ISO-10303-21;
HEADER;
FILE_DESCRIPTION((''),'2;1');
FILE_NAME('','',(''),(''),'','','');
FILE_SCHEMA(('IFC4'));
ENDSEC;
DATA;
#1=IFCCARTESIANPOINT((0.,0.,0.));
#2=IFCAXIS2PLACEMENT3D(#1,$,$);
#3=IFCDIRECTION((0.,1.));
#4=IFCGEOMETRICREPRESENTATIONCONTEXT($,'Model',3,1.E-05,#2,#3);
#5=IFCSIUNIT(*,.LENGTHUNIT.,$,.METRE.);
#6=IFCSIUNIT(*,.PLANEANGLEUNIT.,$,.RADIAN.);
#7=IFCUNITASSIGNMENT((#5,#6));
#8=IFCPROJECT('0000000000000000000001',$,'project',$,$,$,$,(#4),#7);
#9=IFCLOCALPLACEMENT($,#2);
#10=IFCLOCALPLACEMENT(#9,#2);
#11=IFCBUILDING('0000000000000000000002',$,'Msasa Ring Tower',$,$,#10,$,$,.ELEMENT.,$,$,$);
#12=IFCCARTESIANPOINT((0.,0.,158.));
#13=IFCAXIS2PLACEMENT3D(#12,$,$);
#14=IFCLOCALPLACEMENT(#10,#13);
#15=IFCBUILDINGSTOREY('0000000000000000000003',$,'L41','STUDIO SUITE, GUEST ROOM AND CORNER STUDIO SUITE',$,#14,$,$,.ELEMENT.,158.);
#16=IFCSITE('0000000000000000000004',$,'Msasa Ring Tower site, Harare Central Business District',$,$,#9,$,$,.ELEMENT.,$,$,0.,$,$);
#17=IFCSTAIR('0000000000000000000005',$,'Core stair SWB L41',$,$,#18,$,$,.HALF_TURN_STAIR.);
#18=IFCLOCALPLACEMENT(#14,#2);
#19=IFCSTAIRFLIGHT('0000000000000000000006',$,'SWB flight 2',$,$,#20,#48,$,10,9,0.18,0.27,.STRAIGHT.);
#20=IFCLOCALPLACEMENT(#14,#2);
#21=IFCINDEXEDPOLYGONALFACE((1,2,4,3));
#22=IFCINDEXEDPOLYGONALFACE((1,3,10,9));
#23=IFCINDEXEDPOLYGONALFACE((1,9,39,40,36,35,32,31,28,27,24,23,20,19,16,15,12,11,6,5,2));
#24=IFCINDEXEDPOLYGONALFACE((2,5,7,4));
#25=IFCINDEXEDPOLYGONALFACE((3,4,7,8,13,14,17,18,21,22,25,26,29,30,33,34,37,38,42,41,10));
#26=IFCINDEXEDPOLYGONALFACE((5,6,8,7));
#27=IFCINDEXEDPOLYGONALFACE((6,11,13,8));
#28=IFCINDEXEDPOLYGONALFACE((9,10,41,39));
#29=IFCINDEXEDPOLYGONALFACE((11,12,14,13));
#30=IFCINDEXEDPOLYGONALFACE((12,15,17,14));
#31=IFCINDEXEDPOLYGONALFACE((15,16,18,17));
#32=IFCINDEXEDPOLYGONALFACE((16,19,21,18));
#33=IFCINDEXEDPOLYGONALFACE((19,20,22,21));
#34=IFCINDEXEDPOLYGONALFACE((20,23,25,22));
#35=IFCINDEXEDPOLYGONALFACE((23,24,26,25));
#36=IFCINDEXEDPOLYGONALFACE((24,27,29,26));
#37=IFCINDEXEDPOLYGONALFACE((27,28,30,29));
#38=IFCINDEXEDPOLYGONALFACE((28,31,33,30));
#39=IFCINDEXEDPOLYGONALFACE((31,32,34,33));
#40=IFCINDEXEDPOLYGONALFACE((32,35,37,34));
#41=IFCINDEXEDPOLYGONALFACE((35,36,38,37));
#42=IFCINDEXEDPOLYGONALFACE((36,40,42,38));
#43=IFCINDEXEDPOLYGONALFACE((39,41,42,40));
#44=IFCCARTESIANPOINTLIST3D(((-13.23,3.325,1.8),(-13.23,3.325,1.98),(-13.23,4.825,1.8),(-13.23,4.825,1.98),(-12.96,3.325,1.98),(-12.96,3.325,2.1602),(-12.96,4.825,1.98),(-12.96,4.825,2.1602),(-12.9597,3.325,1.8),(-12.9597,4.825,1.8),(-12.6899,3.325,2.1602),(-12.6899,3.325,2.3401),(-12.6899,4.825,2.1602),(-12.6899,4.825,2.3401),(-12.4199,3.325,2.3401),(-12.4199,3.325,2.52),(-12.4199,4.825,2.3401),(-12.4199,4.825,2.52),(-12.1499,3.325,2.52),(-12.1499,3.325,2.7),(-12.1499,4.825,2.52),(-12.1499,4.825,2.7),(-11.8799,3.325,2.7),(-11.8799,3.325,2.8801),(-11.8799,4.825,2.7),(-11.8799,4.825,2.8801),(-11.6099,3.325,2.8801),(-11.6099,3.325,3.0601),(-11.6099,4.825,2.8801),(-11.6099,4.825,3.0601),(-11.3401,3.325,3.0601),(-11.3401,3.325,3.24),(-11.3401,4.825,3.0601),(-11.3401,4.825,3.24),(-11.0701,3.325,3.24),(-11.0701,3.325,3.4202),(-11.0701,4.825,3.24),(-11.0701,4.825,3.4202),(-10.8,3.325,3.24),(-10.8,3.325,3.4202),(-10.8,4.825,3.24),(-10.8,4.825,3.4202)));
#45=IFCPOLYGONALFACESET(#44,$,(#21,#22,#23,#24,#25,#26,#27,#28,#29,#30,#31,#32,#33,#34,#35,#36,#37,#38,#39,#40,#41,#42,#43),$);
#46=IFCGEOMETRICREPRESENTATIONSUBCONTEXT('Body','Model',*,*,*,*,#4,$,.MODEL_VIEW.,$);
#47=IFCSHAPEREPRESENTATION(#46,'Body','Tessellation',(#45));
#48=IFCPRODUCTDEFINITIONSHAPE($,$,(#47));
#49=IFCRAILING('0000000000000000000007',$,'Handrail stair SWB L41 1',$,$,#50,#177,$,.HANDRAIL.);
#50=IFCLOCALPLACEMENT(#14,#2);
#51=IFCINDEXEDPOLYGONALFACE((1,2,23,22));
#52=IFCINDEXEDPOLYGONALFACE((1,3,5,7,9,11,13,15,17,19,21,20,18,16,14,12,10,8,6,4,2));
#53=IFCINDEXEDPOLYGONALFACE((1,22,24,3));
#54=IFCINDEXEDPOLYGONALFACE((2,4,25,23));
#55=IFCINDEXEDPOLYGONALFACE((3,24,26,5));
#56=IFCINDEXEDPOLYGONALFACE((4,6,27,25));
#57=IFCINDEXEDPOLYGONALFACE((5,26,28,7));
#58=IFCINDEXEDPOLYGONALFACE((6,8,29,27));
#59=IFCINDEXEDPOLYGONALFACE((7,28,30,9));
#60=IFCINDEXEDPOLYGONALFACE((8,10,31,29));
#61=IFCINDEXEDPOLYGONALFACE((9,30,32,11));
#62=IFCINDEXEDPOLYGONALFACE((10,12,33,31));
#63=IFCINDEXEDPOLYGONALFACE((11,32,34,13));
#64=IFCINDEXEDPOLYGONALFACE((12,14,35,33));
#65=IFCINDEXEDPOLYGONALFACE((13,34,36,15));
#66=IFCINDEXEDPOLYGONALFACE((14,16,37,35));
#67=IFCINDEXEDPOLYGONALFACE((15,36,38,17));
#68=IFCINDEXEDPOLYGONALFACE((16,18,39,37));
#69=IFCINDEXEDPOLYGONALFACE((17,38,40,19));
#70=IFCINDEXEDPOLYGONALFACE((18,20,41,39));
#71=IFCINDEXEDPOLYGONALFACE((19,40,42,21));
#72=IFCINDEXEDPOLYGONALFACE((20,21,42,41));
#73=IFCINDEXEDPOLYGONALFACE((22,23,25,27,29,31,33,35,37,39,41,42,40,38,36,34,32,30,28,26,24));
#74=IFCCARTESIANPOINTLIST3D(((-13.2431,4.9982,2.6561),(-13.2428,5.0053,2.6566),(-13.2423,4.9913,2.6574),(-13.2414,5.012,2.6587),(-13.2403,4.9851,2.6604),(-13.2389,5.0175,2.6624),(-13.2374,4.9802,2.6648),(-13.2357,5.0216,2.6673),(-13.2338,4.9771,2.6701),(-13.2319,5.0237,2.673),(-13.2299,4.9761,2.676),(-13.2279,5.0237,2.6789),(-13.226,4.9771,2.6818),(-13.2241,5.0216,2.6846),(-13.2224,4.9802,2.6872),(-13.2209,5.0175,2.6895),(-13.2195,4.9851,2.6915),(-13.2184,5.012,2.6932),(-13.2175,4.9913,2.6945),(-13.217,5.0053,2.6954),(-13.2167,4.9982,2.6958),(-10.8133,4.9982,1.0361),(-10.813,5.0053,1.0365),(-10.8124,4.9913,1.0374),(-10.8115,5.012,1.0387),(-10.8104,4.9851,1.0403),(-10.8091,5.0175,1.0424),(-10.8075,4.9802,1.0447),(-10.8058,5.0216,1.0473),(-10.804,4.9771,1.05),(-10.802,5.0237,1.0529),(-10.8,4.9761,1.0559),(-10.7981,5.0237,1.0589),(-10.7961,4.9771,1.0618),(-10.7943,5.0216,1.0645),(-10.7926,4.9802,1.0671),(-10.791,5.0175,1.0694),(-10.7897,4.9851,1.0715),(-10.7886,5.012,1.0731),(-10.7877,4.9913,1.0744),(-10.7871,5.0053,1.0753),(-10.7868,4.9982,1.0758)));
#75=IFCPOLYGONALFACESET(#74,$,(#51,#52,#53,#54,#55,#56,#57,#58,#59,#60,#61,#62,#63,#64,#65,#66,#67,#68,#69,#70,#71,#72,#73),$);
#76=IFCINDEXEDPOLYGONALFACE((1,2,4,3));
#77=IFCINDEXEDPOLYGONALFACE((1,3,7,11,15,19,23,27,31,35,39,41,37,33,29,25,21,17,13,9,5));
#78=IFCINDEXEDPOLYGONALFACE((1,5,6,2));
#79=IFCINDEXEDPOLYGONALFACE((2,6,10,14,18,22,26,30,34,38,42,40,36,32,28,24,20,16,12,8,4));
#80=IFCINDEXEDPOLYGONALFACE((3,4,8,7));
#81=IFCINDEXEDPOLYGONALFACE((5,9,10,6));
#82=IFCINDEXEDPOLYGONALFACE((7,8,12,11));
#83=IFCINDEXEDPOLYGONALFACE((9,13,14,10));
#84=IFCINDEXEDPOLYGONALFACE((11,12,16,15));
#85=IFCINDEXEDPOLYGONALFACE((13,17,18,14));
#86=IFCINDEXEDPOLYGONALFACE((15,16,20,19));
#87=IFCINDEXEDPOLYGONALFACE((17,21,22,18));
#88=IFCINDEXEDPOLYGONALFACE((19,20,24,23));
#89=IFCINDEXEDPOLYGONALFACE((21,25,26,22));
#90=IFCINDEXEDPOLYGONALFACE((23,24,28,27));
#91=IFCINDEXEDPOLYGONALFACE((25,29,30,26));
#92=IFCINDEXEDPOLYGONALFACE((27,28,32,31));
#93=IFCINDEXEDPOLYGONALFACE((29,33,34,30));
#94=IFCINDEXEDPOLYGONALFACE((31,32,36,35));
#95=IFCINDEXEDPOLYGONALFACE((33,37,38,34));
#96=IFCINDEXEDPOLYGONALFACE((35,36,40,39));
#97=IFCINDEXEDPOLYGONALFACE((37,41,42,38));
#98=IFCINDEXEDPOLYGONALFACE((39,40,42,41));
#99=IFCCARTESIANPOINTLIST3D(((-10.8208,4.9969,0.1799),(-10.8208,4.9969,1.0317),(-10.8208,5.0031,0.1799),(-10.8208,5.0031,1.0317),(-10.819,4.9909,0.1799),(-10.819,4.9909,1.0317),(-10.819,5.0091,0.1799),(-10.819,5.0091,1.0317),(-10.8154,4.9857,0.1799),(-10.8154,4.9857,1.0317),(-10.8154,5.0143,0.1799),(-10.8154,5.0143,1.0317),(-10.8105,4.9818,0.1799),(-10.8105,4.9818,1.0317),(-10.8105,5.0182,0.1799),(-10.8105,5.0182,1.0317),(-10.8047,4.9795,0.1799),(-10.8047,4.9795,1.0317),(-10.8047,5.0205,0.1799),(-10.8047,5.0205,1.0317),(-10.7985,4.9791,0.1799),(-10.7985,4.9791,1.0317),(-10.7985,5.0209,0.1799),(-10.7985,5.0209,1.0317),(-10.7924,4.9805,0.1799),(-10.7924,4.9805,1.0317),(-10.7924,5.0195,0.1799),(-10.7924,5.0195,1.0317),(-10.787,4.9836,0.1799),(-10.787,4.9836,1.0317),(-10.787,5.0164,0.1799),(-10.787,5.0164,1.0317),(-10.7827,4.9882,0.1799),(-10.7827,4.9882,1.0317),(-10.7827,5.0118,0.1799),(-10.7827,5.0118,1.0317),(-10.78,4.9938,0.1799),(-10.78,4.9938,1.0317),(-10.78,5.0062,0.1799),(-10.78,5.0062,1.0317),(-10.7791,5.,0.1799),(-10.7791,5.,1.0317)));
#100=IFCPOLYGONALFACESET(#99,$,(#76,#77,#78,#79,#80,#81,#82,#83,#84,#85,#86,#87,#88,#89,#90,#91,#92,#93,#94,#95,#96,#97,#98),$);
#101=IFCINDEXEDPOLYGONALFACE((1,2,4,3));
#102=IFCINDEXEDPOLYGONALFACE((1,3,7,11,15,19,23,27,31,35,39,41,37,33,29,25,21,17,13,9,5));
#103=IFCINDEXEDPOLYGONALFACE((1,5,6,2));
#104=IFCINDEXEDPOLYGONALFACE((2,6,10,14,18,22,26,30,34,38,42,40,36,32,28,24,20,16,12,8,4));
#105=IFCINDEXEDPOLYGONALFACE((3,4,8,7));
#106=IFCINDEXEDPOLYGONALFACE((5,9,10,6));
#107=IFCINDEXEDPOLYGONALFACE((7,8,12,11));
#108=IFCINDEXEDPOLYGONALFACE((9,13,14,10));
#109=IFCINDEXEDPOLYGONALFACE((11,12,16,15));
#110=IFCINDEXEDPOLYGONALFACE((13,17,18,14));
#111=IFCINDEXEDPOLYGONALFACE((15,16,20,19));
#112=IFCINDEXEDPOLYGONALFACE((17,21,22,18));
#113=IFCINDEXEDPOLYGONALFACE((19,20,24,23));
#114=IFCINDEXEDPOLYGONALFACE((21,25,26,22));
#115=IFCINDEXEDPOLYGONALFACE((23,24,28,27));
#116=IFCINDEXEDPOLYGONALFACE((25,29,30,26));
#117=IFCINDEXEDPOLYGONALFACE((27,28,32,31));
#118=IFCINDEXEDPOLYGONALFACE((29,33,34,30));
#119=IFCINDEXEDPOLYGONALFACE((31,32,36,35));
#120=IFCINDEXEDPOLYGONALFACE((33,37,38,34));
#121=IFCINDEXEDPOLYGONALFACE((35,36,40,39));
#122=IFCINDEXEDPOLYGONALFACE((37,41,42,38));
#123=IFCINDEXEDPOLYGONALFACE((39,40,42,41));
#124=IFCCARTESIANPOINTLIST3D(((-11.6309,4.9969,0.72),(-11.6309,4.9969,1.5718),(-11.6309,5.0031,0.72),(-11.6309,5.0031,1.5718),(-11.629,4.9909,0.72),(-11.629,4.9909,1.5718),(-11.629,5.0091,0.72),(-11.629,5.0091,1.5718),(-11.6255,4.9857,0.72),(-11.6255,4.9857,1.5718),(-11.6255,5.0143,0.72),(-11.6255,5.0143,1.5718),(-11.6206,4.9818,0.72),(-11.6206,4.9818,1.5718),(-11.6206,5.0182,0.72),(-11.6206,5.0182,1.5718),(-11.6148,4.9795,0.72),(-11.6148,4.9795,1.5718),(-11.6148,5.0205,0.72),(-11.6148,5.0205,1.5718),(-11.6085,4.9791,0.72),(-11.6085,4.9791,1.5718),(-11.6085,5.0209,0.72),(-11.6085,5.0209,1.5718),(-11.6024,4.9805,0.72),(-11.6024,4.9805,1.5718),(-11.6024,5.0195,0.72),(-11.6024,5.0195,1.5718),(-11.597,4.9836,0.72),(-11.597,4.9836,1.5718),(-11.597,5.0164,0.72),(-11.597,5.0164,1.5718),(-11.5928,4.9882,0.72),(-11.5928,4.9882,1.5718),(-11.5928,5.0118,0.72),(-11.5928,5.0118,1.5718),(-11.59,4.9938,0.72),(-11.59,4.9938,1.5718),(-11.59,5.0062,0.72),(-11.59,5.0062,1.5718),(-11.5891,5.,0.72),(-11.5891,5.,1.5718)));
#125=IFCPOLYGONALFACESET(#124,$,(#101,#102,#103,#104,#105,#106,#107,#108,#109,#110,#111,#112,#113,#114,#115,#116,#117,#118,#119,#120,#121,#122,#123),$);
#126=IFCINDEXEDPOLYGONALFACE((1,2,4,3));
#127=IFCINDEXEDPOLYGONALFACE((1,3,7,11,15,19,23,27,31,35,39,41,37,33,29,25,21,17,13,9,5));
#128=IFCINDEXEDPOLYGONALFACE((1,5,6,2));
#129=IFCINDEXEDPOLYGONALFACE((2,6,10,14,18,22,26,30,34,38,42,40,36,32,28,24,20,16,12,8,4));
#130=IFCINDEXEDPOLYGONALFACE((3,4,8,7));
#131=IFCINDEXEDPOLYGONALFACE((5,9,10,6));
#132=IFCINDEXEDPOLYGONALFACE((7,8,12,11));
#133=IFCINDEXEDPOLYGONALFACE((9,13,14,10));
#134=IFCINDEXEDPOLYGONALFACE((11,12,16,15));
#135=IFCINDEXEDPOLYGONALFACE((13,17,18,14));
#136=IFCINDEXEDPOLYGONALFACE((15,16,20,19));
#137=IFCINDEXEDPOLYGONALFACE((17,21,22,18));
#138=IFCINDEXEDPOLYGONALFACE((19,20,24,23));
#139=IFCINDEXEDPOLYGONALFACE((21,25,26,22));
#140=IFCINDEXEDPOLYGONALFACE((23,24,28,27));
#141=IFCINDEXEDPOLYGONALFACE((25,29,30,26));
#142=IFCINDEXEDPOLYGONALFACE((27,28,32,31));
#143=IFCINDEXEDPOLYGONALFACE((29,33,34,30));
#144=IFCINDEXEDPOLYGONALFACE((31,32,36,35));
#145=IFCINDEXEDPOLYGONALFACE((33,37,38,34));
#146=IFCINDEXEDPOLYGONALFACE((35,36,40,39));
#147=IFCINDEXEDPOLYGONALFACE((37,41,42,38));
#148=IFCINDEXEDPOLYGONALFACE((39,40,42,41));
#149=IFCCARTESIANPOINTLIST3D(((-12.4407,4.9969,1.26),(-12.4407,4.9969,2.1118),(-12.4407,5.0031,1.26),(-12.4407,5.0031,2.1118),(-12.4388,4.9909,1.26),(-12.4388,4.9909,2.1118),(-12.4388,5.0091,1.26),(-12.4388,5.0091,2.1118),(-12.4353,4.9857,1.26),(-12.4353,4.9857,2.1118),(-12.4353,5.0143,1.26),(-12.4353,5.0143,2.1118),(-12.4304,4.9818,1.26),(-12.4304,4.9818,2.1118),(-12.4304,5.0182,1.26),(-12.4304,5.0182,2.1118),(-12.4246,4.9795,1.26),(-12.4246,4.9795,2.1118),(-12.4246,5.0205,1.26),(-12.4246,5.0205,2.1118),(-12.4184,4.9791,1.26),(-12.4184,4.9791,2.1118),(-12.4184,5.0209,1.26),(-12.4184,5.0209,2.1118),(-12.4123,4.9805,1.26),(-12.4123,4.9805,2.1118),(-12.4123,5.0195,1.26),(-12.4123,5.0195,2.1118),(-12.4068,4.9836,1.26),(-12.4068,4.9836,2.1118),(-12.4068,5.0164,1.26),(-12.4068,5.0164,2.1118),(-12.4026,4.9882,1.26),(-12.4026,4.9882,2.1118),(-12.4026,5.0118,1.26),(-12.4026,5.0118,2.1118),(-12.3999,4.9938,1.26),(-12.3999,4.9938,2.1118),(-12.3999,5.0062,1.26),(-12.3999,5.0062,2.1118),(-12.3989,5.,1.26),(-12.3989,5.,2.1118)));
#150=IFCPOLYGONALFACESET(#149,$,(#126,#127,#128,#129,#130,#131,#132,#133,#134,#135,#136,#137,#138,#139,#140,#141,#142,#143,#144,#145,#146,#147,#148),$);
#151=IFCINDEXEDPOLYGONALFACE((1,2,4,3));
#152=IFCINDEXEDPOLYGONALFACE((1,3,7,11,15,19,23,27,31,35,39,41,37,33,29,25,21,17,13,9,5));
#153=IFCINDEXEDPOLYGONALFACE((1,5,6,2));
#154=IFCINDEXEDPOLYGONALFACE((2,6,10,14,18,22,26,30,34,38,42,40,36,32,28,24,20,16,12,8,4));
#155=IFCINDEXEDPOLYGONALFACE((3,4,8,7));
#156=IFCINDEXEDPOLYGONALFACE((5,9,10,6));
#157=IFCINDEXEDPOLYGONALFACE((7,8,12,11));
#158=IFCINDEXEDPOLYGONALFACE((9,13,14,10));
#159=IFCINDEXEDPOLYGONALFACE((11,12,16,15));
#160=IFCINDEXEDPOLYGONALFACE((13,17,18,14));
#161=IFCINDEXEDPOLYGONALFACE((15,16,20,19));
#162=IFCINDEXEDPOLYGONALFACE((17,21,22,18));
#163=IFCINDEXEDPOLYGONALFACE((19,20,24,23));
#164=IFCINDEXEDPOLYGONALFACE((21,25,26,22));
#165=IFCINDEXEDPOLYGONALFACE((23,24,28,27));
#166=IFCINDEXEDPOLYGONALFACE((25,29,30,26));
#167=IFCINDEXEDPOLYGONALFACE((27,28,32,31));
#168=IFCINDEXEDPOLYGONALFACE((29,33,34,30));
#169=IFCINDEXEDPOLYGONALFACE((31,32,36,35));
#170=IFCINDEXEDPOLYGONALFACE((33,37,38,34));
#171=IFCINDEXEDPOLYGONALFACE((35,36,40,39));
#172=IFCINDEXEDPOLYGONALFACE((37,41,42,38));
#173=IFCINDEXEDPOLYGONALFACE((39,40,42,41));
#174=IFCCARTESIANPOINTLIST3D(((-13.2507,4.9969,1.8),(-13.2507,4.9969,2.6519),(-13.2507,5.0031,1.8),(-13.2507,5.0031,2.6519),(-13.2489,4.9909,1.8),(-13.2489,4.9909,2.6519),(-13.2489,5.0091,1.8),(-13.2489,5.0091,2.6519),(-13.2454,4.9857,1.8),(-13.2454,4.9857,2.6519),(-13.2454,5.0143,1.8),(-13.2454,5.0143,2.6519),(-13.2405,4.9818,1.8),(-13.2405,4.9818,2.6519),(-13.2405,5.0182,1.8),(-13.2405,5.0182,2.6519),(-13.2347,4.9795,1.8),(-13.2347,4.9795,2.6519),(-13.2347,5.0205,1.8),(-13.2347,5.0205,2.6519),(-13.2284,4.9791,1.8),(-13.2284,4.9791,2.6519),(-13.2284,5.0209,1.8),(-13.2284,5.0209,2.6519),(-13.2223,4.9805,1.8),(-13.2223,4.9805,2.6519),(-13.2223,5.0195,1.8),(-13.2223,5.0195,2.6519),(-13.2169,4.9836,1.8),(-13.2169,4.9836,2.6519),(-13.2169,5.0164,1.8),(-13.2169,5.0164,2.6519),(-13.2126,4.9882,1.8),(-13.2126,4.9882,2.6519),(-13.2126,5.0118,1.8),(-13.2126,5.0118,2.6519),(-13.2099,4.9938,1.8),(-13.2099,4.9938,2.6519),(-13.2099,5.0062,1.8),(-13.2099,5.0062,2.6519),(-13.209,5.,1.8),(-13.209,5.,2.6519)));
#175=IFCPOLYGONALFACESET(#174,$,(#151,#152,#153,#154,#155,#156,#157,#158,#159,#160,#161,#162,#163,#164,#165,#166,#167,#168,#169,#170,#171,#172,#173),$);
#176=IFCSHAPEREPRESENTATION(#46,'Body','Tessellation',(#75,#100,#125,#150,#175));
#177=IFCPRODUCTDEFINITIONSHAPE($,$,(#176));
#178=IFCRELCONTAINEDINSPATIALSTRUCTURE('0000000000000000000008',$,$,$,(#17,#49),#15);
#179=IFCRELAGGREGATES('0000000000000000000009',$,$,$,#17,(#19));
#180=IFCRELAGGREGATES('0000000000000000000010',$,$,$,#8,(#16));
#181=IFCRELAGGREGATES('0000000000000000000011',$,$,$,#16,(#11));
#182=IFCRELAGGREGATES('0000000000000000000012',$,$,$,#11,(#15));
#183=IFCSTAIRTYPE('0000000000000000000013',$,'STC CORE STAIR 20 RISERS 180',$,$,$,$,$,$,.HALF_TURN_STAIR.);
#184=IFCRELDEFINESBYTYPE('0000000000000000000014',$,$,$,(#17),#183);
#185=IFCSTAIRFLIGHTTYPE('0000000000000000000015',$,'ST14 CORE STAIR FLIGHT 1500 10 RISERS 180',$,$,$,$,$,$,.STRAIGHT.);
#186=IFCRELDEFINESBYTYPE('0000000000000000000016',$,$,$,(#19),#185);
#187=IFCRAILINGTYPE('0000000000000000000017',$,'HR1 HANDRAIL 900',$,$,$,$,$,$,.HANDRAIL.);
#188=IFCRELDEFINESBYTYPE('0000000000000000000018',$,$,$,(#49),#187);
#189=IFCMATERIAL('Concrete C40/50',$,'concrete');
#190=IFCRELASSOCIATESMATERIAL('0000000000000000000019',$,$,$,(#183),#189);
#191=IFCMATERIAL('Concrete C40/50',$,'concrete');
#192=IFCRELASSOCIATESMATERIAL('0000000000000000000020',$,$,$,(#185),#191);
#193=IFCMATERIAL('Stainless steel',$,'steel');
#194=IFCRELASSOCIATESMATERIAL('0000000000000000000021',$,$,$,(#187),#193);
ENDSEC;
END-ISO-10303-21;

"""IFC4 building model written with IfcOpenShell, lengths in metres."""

from ifc_helpers import new_model, si_unit, direction, frame, origin, origin_2d, place, context, subcontext, project, spatial, polyline, circle, outline, extrude, material, type_object, element, aggregate, save


model = new_model("IFC4")

# Units and contexts
model_context = context("Model", 3, precision=1e-05, world=origin(), true_north=direction((0.0, 1.0)))
body_context = subcontext(model_context, "Body", "Model", "MODEL_VIEW")
ifc_project = project(units=[si_unit("LENGTHUNIT", "METRE"), si_unit("PLANEANGLEUNIT", "RADIAN")], contexts=[model_context])

# Site, building, storey
site_placement = place(None, origin())
site = spatial("IfcSite", under=ifc_project, at=site_placement, Name="Msasa Ring Tower site, Harare Central Business District", CompositionType="ELEMENT", RefElevation=0.0)
building_placement = place(site_placement, origin())
building = spatial("IfcBuilding", under=site, at=building_placement, Name="Msasa Ring Tower", CompositionType="ELEMENT")
storey_placement = place(building_placement, frame((0.0, 0.0, 158.0)))
storey = spatial("IfcBuildingStorey", under=building, at=storey_placement, Name="L41", Description="STUDIO SUITE, GUEST ROOM AND CORNER STUDIO SUITE", CompositionType="ELEMENT", Elevation=158.0)

# Stair, stair flight
ifc_material_1 = material(Name="Concrete C40/50", Category="concrete")
stair_type = type_object("IfcStairType", Name="STC CORE STAIR 20 RISERS 180", PredefinedType="HALF_TURN_STAIR", material=ifc_material_1)
stair_placement = place(storey_placement, origin())
stair = element("IfcStair", 1, at=stair_placement, inside=storey, type_object=stair_type, Name="Core stair SWB L41", PredefinedType="HALF_TURN_STAIR")
ifc_material_2 = material(Name="Concrete C40/50", Category="concrete")
stair_flight_type = type_object("IfcStairFlightType", Name="ST14 CORE STAIR FLIGHT 1500 10 RISERS 180", PredefinedType="STRAIGHT", material=ifc_material_2)
stair_flight_1_placement = place(storey_placement, frame((-13.23, 4.075, 1.8), z_axis=(0.0, 0.0, 1.0), x_axis=(1.0, 0.0, 0.0)))
stair_flight_1 = element("IfcStairFlight", 2, at=stair_flight_1_placement, type_object=stair_flight_type, Name="SWB flight 2", NumberOfRisers=10, NumberOfTreads=9, PredefinedType="STRAIGHT", RiserHeight=0.18, TreadLength=0.27, context=body_context, shape_type="SweptSolid", body=[
    extrude(outline(polyline([(0.0, 0.0), (0.0, 0.1799), (0.27, 0.1799), (0.27, 0.3601), (0.54, 0.3601), (0.54, 0.54), (0.8101, 0.54), (0.8101, 0.72), (1.0801, 0.72), (1.0801, 0.8999), (1.3501, 0.8999), (1.3501, 1.0801), (1.6201, 1.0801), (1.6201, 1.26), (1.8899, 1.26), (1.8899, 1.4399), (2.1599, 1.4399), (2.1599, 1.6201), (2.4299, 1.6201), (2.4299, 1.8), (2.4299, 1.4399), (0.2703, 0.0), (0.0, 0.0)])), frame((0.0, 0.75, 0.0), z_axis=(0.0, -1.0, 0.0), x_axis=(1.0, 0.0, 0.0)), (0.0, 0.0, 1.0), 1.5),
])
aggregate(stair, [stair_flight_1])

# Railing
ifc_material_3 = material(Name="Stainless steel", Category="steel")
railing_type = type_object("IfcRailingType", Name="HR1 HANDRAIL 900", PredefinedType="HANDRAIL", material=ifc_material_3)
for number, where, name in (
    (3, (-10.8, 5.0, 0.1799), "Handrail stair SWB L41 1"),
):
    element("IfcRailing", number, at=place(storey_placement, frame(where)), inside=storey, type_object=railing_type, Name=name, PredefinedType="HANDRAIL", context=body_context, shape_type="SweptSolid", body=[
        extrude(circle(Radius=0.0239, at=origin_2d()), frame((0.0, 0.0, 0.876), z_axis=(-0.832025, 0.0, 0.554739), x_axis=(0.0, -1.0, 0.0)), (0.0, 0.0, 1.0), 2.9204),
        extrude(circle(Radius=0.021, at=origin_2d()), origin(), (0.0, 0.0, 1.0), 0.8518),
        extrude(circle(Radius=0.021, at=origin_2d()), frame((-0.8101, 0.0, 0.54)), (0.0, 0.0, 1.0), 0.8518),
        extrude(circle(Radius=0.021, at=origin_2d()), frame((-1.6199, 0.0, 1.0801)), (0.0, 0.0, 1.0), 0.8518),
        extrude(circle(Radius=0.021, at=origin_2d()), frame((-2.4299, 0.0, 1.6201)), (0.0, 0.0, 1.0), 0.8518),
    ])

save(model, "model.ifc")
